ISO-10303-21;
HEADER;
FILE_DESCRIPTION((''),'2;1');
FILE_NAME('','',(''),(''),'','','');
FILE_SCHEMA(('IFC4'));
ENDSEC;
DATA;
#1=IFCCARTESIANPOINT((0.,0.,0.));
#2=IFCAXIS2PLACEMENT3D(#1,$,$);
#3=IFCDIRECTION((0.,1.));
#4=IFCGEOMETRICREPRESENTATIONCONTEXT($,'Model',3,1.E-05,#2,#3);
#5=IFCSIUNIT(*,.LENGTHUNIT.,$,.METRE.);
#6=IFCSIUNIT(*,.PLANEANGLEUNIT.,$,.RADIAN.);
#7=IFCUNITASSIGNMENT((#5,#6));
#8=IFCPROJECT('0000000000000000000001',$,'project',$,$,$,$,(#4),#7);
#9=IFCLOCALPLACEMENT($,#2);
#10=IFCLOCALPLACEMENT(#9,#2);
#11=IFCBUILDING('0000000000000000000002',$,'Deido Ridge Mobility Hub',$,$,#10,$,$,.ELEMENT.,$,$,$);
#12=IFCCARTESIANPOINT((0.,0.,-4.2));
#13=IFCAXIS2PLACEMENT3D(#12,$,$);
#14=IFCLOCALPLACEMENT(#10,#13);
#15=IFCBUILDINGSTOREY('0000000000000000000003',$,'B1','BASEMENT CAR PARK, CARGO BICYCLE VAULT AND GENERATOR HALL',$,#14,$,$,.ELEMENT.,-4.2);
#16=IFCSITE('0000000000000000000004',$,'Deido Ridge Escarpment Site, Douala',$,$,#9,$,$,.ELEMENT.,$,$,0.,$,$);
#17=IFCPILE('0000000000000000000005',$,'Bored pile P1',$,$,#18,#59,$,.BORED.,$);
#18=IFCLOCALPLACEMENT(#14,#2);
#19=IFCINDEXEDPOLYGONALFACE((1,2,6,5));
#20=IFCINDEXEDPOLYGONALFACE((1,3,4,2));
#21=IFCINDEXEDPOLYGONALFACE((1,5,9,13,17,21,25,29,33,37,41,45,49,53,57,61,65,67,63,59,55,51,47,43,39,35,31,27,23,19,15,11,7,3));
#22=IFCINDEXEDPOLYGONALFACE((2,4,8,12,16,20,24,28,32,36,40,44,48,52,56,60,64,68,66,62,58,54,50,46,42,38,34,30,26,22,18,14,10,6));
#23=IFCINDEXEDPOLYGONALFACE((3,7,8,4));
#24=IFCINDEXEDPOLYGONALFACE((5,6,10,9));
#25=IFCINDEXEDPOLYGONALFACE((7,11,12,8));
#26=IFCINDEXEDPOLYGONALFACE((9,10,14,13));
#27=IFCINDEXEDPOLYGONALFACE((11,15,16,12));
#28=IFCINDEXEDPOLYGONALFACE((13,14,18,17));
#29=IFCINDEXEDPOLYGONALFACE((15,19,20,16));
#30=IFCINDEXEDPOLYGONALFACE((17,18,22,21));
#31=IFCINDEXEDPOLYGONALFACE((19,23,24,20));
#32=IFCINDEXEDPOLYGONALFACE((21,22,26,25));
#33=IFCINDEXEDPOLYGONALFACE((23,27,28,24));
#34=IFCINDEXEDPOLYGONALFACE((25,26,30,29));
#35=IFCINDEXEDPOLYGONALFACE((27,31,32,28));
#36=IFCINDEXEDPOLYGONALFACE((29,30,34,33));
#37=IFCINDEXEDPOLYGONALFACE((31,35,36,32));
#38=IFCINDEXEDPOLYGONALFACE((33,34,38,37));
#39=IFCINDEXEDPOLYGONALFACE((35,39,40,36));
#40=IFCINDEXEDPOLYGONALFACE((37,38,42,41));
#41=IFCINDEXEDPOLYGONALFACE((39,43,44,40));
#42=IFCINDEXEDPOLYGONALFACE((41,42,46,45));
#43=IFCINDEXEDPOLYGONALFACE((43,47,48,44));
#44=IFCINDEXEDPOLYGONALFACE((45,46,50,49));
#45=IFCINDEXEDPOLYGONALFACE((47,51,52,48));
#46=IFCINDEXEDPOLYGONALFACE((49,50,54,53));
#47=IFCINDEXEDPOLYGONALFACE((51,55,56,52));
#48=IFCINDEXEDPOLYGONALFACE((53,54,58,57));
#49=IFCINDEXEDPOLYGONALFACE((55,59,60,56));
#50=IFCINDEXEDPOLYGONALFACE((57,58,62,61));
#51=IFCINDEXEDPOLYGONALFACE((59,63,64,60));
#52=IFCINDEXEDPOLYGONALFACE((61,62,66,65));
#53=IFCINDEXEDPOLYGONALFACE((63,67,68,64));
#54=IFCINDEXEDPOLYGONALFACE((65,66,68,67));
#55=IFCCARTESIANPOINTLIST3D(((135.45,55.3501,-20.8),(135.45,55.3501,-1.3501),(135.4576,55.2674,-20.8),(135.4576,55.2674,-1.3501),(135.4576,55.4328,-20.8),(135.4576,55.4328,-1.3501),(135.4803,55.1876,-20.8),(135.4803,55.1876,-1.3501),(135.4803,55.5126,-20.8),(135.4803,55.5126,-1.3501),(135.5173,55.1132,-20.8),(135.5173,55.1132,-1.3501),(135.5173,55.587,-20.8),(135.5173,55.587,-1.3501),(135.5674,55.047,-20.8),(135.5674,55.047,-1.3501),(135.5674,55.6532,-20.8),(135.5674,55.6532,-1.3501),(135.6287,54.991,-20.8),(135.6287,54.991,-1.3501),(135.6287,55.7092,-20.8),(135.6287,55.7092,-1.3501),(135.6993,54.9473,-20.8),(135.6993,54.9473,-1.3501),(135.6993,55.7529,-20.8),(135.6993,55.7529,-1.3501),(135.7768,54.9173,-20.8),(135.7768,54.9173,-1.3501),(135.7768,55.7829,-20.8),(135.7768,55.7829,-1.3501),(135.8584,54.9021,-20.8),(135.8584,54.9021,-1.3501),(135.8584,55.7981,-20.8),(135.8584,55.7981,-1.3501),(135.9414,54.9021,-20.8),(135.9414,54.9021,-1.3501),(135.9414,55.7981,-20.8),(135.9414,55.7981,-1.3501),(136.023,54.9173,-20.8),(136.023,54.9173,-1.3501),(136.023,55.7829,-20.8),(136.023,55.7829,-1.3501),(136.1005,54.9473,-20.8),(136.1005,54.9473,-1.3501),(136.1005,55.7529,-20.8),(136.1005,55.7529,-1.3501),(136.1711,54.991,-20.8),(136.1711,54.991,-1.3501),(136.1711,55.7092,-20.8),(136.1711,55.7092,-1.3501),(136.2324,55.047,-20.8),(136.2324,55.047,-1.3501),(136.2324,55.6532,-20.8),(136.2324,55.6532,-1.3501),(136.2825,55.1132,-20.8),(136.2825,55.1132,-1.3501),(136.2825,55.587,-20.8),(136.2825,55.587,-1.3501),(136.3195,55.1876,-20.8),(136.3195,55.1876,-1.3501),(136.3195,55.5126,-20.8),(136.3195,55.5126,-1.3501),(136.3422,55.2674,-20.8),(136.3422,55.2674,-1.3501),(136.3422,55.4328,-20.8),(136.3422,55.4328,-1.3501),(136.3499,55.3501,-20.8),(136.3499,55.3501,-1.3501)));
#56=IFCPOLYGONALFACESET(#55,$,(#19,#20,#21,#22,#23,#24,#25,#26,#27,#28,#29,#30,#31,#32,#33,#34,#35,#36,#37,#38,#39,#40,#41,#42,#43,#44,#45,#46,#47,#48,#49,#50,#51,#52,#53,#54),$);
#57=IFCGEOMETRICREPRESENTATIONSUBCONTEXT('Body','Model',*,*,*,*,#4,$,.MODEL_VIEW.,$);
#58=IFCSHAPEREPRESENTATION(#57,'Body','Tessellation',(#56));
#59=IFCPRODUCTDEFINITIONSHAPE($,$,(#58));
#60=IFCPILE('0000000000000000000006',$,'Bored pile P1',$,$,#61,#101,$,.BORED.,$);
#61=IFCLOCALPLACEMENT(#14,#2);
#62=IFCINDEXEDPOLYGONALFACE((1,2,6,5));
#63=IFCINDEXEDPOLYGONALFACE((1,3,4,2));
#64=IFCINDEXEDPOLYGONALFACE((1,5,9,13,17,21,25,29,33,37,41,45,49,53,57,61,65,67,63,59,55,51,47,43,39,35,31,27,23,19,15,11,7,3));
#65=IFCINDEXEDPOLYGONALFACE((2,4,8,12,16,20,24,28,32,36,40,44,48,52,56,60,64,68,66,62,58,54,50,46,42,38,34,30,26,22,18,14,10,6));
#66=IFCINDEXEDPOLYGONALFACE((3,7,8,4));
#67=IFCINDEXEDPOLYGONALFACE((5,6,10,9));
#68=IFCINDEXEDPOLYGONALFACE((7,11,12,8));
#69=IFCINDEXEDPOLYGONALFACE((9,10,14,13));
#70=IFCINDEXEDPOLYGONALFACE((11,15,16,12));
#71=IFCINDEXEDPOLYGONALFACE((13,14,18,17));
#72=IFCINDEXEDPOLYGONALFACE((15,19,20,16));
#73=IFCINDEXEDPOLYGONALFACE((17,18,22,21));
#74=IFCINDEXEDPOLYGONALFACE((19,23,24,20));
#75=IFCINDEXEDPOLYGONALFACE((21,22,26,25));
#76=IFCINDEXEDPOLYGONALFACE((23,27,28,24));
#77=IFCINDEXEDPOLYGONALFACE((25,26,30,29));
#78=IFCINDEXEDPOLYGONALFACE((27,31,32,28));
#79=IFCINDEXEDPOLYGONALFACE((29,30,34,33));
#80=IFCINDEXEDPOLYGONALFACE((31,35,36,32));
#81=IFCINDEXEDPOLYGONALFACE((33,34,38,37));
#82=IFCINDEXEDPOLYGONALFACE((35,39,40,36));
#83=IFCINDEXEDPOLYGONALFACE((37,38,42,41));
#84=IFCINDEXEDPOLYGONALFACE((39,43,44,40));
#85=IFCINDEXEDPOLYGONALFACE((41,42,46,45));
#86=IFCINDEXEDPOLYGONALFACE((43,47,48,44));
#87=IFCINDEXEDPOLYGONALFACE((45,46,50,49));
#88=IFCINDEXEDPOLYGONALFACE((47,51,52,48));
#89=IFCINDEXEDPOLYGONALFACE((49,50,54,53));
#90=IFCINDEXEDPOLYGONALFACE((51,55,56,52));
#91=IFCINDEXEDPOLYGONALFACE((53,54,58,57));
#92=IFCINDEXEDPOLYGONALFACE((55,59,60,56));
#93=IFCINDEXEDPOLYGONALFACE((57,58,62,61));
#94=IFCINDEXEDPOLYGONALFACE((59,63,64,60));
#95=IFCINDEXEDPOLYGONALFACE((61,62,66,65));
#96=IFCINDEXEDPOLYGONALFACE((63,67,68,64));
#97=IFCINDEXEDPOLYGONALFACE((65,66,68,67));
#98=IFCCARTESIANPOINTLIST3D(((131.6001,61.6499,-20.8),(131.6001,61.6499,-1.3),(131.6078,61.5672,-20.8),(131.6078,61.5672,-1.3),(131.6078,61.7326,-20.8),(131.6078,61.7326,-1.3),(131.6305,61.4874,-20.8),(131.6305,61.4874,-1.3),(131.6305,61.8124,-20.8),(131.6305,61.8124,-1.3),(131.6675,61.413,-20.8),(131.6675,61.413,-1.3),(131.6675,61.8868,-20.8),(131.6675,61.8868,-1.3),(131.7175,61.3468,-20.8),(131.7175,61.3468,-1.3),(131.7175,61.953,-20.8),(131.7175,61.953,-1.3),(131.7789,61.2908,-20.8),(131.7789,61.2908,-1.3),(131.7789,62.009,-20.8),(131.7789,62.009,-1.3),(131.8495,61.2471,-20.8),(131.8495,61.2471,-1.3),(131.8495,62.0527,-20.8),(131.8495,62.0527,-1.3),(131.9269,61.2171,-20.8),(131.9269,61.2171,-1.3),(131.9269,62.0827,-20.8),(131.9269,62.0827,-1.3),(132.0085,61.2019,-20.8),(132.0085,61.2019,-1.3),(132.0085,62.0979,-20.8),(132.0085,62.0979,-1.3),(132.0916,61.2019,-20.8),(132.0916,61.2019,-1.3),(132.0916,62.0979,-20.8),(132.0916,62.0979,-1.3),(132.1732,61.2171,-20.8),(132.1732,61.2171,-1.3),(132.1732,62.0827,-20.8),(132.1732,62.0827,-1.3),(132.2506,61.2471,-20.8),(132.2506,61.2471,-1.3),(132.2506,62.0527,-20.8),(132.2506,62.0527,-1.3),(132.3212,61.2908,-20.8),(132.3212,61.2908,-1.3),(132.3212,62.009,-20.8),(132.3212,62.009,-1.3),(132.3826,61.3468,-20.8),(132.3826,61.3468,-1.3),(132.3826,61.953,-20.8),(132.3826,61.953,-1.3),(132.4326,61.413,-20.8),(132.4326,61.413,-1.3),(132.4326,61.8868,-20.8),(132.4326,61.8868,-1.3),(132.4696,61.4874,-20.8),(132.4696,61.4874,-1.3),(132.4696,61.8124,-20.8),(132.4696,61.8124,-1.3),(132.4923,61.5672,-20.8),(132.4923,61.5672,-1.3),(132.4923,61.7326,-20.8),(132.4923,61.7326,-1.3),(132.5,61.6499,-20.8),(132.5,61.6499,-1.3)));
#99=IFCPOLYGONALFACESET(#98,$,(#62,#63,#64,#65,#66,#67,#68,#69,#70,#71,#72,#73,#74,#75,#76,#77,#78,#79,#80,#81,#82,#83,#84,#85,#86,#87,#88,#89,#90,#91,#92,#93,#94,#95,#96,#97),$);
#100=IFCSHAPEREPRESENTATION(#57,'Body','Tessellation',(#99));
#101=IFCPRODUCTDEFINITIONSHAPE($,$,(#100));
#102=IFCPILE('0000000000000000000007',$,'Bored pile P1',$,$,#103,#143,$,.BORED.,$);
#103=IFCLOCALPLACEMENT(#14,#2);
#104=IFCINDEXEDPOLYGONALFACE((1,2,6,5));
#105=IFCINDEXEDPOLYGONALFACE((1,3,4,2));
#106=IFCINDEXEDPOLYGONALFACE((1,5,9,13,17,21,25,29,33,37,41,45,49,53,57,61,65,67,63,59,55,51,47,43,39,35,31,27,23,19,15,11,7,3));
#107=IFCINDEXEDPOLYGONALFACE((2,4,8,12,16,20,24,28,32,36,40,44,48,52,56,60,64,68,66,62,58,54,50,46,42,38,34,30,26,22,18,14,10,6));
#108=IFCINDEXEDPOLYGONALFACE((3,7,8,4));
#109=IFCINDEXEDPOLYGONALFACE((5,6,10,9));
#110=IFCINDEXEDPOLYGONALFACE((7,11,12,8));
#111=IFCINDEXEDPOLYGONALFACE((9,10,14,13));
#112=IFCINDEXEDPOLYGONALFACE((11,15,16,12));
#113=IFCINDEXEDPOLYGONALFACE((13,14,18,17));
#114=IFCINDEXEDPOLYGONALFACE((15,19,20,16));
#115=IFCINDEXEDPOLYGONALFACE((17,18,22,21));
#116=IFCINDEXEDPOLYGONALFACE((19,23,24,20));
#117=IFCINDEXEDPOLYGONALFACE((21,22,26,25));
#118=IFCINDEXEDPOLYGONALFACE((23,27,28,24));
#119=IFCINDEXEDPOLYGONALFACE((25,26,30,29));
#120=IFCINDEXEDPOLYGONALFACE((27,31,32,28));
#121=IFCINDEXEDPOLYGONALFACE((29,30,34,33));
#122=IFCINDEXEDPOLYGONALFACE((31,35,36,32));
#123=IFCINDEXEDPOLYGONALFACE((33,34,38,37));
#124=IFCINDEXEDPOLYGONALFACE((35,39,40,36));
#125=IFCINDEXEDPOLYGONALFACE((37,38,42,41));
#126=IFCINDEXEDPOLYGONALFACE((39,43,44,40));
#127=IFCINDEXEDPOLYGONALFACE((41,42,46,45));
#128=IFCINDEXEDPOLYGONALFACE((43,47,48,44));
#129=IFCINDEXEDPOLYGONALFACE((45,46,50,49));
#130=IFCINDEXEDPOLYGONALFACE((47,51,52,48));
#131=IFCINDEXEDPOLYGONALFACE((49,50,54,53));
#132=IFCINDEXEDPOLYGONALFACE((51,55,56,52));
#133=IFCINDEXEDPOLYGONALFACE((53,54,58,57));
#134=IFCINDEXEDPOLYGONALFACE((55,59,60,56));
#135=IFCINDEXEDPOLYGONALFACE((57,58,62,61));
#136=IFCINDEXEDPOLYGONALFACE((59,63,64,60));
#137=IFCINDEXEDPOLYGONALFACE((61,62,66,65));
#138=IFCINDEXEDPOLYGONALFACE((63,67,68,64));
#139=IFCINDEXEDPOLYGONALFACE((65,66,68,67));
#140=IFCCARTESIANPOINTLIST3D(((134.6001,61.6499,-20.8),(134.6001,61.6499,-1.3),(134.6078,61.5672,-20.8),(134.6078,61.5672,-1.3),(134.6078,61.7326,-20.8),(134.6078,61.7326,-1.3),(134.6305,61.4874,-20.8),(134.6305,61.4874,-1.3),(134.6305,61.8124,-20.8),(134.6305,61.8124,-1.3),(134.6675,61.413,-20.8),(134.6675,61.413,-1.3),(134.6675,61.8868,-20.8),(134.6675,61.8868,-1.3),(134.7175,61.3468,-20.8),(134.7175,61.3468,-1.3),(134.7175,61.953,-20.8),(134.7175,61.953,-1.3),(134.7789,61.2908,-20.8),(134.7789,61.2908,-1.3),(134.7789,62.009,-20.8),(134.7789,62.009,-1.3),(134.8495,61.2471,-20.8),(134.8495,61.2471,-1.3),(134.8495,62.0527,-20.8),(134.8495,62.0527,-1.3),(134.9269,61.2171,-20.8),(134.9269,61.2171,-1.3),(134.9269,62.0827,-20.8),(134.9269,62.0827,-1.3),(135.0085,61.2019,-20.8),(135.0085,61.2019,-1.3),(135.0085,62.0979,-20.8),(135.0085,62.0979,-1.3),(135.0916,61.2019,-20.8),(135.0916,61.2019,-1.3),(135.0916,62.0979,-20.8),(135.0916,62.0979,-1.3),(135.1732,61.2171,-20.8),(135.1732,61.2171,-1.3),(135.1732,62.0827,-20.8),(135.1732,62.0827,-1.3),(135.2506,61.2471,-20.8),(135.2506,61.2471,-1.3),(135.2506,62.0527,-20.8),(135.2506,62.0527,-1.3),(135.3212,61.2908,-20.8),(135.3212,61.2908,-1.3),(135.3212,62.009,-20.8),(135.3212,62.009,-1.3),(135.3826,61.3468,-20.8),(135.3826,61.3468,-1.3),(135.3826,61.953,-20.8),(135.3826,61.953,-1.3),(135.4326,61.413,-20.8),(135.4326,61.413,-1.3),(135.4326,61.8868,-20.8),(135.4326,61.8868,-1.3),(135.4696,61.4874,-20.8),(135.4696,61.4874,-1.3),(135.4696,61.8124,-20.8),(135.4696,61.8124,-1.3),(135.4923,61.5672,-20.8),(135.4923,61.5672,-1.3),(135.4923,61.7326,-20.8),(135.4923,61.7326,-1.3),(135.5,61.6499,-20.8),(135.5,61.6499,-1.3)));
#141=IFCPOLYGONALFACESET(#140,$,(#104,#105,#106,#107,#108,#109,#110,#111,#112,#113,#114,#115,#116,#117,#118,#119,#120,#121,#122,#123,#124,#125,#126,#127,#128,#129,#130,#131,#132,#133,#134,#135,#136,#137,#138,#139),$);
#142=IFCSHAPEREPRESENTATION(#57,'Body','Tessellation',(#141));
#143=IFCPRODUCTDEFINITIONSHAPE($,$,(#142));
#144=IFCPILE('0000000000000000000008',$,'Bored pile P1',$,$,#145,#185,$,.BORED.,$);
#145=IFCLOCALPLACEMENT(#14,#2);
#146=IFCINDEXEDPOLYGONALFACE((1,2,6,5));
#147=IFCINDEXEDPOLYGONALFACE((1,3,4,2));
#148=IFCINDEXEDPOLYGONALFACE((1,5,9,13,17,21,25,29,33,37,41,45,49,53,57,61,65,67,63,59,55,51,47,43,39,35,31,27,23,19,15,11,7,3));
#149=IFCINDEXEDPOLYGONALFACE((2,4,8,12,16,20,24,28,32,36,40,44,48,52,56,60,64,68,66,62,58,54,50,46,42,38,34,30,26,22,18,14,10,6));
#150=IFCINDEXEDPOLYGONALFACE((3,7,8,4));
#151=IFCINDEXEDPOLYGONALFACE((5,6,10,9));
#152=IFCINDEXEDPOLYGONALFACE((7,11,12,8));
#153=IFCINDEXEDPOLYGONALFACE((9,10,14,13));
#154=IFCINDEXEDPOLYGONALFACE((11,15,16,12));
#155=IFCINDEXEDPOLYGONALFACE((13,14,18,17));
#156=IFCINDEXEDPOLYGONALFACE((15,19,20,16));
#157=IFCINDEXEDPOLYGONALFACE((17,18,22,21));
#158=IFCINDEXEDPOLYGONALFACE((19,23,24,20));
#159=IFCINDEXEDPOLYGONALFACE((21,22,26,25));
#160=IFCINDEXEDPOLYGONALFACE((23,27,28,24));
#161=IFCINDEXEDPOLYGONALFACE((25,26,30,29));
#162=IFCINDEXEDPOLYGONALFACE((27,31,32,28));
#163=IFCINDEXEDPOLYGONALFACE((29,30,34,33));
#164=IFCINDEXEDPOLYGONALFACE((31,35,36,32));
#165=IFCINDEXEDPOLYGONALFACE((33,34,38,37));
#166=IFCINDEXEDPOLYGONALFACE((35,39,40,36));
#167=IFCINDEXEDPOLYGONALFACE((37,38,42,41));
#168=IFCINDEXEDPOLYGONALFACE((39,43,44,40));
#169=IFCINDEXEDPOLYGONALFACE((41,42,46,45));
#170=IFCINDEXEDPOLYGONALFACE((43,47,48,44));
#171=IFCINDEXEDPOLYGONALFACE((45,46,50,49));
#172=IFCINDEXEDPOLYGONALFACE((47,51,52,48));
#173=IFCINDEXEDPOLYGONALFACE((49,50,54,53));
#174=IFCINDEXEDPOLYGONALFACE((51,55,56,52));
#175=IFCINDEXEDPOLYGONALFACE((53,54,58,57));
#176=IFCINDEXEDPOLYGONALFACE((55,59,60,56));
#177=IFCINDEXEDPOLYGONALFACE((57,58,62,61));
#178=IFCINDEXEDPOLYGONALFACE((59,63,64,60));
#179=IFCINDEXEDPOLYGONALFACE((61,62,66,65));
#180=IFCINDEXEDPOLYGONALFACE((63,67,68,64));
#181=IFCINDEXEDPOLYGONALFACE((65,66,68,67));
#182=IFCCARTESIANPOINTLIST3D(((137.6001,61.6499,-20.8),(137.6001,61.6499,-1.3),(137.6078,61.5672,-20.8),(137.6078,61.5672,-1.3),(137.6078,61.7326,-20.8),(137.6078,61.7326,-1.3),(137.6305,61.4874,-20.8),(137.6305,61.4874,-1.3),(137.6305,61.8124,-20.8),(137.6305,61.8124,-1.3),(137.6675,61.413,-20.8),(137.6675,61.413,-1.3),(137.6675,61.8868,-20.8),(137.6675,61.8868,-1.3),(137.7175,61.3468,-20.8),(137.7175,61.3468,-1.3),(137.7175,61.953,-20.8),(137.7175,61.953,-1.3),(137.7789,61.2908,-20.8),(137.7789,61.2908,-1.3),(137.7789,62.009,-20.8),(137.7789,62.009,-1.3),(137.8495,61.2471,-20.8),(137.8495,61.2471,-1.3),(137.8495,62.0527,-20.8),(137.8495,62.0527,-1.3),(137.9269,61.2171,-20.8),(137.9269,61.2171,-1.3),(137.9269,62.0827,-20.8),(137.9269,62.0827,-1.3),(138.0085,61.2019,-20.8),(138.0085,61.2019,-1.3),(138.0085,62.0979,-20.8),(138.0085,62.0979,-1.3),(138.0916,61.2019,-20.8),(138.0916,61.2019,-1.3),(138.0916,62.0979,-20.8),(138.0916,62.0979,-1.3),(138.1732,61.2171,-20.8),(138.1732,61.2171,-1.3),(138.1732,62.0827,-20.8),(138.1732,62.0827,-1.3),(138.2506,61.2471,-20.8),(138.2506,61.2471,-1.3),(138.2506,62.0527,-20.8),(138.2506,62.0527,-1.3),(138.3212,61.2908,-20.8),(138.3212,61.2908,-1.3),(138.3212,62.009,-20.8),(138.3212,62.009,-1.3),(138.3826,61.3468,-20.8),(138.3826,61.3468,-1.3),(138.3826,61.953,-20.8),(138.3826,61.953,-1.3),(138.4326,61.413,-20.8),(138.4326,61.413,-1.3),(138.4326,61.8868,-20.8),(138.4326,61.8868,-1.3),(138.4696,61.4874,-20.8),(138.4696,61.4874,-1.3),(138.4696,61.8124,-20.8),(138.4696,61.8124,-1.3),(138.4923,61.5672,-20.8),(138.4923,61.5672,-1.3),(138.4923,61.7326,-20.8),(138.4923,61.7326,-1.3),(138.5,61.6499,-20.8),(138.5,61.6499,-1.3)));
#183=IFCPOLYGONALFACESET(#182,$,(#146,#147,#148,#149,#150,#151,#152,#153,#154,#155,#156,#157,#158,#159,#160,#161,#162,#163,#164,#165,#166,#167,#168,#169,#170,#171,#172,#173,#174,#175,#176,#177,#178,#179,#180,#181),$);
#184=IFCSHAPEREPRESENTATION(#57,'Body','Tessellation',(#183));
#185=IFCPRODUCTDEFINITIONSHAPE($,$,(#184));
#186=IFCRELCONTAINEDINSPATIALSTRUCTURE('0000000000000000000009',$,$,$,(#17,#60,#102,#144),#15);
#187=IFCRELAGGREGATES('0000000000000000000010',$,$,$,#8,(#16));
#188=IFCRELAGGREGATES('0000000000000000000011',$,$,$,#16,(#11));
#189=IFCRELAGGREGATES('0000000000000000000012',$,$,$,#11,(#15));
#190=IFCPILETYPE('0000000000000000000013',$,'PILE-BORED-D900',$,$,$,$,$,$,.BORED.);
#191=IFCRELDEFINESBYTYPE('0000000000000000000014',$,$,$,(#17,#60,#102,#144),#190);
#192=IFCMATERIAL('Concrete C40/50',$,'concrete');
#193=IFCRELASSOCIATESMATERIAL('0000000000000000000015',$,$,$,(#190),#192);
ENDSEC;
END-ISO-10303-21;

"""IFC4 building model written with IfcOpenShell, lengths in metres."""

from ifc_helpers import new_model, si_unit, direction, frame, origin, origin_2d, place, context, subcontext, project, spatial, circle, extrude, material, material_profile, profile_set, type_object, element, save


model = new_model("IFC4")

# Units and contexts
model_context = context("Model", 3, precision=1e-05, world=origin(), true_north=direction((0.0, 1.0)))
body_context = subcontext(model_context, "Body", "Model", "MODEL_VIEW")
ifc_project = project(units=[si_unit("LENGTHUNIT", "METRE"), si_unit("PLANEANGLEUNIT", "RADIAN")], contexts=[model_context])

# Site, building, storey
site_placement = place(None, origin())
site = spatial("IfcSite", under=ifc_project, at=site_placement, Name="Deido Ridge Escarpment Site, Douala", CompositionType="ELEMENT", RefElevation=0.0)
building_placement = place(site_placement, origin())
building = spatial("IfcBuilding", under=site, at=building_placement, Name="Deido Ridge Mobility Hub", CompositionType="ELEMENT")
storey_placement = place(building_placement, frame((0.0, 0.0, -4.2)))
storey = spatial("IfcBuildingStorey", under=building, at=storey_placement, Name="B1", Description="BASEMENT CAR PARK, CARGO BICYCLE VAULT AND GENERATOR HALL", CompositionType="ELEMENT", Elevation=-4.2)

# Shared definitions
ifc_material_1 = material(Name="Concrete C40/50", Category="concrete")

# Piles
ifc_material_profile_1 = material_profile(ifc_material_1, circle(Radius=0.45, at=origin_2d()), Name="BORED PILE D900")
ifc_profile_set_1 = profile_set([ifc_material_profile_1], Name="Concrete C40/50")
pile_type = type_object("IfcPileType", Name="PILE-BORED-D900", PredefinedType="BORED", material=ifc_profile_set_1)
for number, where, z_axis, x_axis, name in (
    (1, (135.8999, 55.3501, -1.3501), (0.0, 0.0, -1.0), (1.0, 0.0, 0.0), "Bored pile P1"),
):
    element("IfcPile", number, at=place(storey_placement, frame(where, z_axis=z_axis, x_axis=x_axis)), inside=storey, type_object=pile_type, Name=name, PredefinedType="BORED", context=body_context, shape_type="SweptSolid", body=[
        extrude(circle(Radius=0.45, at=origin_2d()), origin(), (0.0, 0.0, 1.0), 19.45),
    ])
for number, where, z_axis, x_axis, name in (
    (2, (132.05, 61.6499, -1.3), (0.0, 0.0, -1.0), (1.0, 0.0, 0.0), "Bored pile P1"),
    (3, (135.05, 61.6499, -1.3), (0.0, 0.0, -1.0), (1.0, 0.0, 0.0), "Bored pile P1"),
    (4, (138.05, 61.6499, -1.3), (0.0, 0.0, -1.0), (1.0, 0.0, 0.0), "Bored pile P1"),
):
    element("IfcPile", number, at=place(storey_placement, frame(where, z_axis=z_axis, x_axis=x_axis)), inside=storey, type_object=pile_type, Name=name, PredefinedType="BORED", context=body_context, shape_type="SweptSolid", body=[
        extrude(circle(Radius=0.45, at=origin_2d()), origin(), (0.0, 0.0, 1.0), 19.5),
    ])

save(model, "model.ifc")
